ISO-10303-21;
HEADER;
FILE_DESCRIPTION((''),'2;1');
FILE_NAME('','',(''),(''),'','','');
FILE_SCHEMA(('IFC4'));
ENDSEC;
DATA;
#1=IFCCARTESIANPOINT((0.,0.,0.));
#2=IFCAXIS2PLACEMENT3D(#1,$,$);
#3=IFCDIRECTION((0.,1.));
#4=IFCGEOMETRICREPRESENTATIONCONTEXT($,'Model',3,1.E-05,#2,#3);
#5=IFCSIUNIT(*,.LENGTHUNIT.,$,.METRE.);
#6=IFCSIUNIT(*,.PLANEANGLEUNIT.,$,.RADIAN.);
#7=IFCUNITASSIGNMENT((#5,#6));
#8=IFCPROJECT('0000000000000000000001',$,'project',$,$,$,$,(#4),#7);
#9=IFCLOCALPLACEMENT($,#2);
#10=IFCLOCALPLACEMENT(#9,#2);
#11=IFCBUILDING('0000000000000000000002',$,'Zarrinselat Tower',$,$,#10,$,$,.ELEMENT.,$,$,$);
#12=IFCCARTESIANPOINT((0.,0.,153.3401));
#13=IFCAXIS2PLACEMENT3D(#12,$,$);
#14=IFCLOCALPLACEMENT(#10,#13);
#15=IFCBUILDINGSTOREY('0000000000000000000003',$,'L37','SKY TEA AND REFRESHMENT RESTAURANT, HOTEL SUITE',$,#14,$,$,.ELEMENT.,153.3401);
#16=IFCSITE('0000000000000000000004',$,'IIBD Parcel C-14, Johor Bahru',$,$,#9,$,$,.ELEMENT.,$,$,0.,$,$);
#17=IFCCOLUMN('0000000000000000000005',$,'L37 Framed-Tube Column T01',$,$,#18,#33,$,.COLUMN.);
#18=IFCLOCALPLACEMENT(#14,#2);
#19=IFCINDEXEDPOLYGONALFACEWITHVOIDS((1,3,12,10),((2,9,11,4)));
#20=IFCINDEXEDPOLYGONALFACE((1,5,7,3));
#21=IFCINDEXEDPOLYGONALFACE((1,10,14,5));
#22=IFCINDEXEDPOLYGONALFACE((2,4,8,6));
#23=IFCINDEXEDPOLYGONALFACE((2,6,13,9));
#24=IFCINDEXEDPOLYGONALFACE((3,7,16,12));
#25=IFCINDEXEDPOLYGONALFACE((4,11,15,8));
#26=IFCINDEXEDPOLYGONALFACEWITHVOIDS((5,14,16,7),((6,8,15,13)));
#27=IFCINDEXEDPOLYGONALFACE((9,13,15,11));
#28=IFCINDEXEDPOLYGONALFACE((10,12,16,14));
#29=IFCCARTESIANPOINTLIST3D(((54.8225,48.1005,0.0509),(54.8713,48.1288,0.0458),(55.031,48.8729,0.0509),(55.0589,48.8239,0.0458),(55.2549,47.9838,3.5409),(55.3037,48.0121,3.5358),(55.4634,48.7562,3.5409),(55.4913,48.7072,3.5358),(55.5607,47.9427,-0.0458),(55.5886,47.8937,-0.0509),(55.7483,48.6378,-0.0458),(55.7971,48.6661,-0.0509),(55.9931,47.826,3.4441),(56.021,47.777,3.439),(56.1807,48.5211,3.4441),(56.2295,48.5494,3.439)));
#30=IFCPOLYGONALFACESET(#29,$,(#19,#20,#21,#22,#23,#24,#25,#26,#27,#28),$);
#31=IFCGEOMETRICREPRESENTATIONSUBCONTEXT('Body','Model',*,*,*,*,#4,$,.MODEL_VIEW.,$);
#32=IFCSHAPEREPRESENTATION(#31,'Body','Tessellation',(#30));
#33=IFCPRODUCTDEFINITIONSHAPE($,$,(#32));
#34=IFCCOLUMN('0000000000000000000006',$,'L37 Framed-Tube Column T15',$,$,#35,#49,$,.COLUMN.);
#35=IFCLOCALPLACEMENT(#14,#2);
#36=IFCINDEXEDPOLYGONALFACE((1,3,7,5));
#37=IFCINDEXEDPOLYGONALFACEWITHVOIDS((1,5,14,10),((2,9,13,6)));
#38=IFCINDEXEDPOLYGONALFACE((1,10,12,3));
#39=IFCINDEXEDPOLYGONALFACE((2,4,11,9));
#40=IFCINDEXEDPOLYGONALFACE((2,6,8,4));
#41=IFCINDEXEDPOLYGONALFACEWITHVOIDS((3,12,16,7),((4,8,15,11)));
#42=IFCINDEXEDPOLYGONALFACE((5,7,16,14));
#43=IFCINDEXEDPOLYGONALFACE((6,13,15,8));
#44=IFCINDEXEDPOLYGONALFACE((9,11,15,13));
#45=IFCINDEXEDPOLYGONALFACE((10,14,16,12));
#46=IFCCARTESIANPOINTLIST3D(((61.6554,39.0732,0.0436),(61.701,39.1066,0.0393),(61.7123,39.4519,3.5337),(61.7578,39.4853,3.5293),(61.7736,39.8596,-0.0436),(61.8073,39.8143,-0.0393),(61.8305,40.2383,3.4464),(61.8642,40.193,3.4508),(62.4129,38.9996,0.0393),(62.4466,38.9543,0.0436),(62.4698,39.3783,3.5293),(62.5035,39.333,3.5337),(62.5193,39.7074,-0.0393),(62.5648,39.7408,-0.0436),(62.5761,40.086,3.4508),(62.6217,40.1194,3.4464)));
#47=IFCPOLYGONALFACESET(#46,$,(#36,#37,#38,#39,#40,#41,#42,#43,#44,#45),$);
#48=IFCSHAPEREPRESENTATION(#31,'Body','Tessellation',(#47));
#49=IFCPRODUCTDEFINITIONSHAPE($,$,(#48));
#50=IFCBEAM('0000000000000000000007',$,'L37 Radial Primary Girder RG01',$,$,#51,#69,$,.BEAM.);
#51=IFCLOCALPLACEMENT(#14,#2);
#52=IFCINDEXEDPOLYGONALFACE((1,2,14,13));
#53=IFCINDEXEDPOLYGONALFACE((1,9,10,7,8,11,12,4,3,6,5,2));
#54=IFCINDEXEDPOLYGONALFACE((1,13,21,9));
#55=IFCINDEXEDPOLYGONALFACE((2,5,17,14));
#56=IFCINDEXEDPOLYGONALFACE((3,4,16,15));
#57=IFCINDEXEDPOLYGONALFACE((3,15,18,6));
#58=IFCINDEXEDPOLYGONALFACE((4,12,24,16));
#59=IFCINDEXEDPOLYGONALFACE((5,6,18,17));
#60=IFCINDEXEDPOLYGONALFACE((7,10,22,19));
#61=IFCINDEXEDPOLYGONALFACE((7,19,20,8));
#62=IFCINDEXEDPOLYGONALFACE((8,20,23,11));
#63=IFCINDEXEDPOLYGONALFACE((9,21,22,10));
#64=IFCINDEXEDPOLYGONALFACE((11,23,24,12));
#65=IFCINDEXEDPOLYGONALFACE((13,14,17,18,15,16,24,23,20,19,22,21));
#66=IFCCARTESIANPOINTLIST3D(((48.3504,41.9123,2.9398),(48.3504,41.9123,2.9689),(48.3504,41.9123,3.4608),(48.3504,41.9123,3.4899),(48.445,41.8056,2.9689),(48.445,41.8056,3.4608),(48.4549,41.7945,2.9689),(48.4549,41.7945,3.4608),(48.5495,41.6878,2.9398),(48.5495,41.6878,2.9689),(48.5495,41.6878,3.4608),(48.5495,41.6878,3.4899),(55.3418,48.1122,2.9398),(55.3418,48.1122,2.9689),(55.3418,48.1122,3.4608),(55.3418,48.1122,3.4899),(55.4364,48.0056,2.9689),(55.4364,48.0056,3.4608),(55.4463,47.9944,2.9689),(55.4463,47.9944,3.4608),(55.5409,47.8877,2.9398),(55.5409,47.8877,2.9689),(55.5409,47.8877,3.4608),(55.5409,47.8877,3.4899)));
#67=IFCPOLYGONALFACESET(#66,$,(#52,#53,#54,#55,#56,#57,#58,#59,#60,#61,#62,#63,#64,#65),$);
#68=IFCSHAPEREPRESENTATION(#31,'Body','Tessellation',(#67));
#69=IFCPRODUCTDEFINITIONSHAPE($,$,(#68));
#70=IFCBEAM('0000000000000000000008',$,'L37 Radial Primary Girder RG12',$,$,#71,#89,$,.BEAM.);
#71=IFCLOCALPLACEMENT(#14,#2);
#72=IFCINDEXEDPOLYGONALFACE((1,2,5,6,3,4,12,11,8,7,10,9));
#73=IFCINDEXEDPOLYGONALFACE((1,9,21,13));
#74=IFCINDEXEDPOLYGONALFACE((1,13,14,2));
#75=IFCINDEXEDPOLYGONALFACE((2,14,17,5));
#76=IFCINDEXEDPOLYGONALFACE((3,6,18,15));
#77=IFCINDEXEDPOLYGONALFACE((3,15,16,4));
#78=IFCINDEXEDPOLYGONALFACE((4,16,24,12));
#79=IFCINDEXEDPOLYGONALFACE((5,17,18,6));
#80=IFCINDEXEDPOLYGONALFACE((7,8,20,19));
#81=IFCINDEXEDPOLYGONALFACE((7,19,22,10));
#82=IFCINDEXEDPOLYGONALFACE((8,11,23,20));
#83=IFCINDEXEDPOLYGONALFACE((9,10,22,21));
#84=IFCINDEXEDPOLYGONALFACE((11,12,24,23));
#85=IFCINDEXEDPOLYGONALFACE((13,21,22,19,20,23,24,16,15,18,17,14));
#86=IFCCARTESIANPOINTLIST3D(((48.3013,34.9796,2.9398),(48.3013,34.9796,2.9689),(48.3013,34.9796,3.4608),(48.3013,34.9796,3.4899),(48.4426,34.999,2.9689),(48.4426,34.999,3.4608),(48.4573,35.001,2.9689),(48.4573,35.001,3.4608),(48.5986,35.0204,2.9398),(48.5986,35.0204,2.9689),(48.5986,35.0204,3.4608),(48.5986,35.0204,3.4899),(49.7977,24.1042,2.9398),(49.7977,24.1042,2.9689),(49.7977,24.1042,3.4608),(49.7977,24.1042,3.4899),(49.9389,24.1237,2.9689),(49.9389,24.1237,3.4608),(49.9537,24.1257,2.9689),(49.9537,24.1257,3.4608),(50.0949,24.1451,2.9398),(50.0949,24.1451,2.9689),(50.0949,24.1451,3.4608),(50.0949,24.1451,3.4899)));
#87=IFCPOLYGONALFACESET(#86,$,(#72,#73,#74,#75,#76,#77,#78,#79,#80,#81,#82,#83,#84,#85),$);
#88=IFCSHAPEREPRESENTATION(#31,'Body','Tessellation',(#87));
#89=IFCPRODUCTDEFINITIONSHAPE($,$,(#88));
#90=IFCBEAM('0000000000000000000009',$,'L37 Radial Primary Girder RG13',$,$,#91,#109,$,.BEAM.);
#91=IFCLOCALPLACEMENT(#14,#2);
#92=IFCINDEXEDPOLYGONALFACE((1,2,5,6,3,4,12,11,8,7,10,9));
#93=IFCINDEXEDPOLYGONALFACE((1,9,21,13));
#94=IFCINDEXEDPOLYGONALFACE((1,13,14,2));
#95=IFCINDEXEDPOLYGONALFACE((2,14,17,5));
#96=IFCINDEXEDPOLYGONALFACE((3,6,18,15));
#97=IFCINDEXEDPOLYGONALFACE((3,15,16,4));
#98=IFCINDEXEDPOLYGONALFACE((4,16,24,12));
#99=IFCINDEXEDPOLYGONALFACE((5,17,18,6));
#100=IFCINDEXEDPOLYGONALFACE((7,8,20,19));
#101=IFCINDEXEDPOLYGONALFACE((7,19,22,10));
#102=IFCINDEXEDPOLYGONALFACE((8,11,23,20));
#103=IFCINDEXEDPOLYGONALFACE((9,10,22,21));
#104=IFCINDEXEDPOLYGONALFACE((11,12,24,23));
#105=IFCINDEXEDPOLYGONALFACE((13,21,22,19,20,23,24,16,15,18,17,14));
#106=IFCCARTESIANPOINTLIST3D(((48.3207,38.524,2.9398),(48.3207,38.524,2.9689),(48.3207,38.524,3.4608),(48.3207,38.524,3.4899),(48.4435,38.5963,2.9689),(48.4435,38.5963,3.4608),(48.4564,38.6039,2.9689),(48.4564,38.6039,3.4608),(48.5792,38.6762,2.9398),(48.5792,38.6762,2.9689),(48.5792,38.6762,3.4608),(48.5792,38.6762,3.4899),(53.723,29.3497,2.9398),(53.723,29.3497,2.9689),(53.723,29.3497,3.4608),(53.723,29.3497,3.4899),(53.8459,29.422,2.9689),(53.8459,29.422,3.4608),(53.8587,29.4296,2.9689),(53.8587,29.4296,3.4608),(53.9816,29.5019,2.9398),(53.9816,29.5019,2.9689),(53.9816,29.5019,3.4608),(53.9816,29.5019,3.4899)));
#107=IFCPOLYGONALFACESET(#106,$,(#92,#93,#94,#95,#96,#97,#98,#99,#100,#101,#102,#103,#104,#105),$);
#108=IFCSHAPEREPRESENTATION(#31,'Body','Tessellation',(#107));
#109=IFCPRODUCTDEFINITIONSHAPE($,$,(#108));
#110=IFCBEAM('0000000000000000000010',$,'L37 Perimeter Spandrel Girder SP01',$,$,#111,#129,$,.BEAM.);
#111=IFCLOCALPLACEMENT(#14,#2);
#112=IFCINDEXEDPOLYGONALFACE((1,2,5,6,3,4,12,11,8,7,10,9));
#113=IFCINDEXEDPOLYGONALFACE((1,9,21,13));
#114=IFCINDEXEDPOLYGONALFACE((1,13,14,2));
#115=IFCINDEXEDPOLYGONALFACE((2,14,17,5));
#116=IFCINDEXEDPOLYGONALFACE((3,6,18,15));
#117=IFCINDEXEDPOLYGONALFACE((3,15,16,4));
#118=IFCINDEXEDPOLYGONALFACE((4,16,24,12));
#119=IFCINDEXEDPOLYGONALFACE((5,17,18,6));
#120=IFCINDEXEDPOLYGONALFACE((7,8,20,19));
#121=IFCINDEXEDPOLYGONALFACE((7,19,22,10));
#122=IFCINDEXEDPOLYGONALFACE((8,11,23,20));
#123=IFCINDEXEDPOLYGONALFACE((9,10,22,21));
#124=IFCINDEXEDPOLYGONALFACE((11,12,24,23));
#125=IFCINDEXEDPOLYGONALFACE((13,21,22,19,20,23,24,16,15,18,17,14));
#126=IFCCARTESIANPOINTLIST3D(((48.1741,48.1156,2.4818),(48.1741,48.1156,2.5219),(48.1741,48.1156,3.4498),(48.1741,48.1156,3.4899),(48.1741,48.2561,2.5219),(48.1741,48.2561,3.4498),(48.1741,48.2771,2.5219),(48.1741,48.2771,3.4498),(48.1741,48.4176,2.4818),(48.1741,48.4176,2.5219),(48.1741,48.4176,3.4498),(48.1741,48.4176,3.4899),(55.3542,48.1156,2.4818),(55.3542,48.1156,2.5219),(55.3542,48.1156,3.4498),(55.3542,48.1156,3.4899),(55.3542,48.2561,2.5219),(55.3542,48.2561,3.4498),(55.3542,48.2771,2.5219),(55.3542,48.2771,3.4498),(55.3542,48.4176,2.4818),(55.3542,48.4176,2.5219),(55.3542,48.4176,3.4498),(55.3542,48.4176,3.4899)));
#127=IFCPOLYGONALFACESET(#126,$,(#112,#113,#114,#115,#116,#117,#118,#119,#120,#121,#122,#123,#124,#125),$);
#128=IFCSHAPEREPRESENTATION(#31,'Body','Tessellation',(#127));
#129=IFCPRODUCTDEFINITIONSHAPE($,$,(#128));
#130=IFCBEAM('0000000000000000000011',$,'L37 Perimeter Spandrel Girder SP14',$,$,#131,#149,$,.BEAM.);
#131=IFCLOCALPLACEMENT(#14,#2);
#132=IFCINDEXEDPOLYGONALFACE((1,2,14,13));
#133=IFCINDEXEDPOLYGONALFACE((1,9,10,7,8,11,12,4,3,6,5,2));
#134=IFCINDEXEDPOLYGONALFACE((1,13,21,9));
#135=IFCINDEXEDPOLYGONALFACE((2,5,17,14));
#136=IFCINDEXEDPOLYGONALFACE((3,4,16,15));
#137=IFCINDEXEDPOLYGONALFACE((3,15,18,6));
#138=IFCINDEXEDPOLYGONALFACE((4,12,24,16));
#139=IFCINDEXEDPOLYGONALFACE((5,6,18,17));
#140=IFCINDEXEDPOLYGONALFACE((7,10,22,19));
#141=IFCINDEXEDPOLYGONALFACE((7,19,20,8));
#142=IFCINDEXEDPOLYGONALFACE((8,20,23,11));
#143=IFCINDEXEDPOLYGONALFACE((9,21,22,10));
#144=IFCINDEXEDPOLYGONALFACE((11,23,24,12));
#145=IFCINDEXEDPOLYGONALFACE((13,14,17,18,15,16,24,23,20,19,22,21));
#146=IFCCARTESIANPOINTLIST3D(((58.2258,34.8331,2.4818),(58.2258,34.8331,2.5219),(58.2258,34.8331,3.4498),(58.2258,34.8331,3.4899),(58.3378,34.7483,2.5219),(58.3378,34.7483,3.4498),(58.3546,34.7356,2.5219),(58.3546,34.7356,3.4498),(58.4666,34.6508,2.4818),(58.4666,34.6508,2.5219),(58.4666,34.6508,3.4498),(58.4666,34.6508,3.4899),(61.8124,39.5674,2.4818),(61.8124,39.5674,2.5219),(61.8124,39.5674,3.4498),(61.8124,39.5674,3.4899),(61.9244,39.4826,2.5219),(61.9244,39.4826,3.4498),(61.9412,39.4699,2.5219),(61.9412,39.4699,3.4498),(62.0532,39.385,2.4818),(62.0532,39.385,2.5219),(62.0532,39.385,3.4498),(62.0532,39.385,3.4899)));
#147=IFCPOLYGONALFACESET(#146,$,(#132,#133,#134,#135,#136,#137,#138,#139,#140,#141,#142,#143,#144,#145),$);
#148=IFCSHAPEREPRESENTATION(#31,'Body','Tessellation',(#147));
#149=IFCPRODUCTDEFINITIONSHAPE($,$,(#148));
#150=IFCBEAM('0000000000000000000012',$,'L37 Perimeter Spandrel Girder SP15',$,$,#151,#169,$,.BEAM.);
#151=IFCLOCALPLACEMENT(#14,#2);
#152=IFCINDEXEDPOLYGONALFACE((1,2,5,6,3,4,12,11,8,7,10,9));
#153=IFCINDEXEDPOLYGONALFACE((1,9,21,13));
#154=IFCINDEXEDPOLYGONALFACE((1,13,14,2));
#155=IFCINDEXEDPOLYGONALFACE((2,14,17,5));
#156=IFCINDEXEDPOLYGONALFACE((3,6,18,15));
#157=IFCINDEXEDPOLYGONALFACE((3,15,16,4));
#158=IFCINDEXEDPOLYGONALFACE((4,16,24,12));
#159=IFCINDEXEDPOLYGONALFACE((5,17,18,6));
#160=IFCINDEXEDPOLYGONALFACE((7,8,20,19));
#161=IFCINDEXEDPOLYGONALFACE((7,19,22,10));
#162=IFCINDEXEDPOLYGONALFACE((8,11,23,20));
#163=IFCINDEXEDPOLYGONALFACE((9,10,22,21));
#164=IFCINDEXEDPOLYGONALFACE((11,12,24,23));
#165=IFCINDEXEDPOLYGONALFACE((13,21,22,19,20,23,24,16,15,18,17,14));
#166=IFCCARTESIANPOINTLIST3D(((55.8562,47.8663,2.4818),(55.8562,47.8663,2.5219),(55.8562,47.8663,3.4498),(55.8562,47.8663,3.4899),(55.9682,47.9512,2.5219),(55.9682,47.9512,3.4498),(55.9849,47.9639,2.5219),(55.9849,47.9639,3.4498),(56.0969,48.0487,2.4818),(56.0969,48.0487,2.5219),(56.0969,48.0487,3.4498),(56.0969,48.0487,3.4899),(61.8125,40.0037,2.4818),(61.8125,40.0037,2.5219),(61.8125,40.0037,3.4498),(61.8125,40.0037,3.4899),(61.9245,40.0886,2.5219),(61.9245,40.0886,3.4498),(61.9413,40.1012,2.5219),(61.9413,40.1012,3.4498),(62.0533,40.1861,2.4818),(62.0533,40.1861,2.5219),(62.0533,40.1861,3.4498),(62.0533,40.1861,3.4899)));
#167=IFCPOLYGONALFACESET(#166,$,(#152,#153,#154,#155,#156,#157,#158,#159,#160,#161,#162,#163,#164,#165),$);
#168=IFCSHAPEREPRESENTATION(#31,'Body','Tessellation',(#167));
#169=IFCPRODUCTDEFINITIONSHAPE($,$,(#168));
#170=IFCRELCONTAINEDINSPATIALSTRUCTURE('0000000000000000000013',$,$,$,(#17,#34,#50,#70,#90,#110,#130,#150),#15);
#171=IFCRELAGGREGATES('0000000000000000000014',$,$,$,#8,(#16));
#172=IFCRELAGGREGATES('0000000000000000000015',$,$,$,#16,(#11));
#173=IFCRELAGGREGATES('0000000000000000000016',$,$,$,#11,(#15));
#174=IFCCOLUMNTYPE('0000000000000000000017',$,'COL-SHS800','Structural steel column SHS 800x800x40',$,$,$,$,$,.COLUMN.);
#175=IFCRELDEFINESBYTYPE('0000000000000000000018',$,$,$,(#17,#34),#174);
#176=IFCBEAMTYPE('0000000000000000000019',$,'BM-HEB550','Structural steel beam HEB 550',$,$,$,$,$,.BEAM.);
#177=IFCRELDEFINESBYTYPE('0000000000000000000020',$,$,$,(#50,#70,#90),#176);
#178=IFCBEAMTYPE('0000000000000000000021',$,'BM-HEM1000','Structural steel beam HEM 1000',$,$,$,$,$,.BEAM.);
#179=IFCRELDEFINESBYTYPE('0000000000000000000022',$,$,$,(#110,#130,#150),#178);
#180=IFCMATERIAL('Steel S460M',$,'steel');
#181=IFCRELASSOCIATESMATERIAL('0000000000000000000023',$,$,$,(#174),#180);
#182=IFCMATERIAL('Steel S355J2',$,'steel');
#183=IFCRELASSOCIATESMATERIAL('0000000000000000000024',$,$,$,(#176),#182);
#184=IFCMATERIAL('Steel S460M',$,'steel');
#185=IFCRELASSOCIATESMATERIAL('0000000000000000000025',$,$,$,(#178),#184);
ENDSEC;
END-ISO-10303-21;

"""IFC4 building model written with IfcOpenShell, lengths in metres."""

from ifc_helpers import new_model, si_unit, direction, frame, origin, origin_2d, place, context, subcontext, project, spatial, hollow_rectangle, i_section, extrude, material, material_profile, profile_set, type_object, element, save


model = new_model("IFC4")

# Units and contexts
model_context = context("Model", 3, precision=1e-05, world=origin(), true_north=direction((0.0, 1.0)))
body_context = subcontext(model_context, "Body", "Model", "MODEL_VIEW")
ifc_project = project(units=[si_unit("LENGTHUNIT", "METRE"), si_unit("PLANEANGLEUNIT", "RADIAN")], contexts=[model_context])

# Site, building, storey
site_placement = place(None, origin())
site = spatial("IfcSite", under=ifc_project, at=site_placement, Name="IIBD Parcel C-14, Johor Bahru", CompositionType="ELEMENT", RefElevation=0.0)
building_placement = place(site_placement, origin())
building = spatial("IfcBuilding", under=site, at=building_placement, Name="Zarrinselat Tower", CompositionType="ELEMENT")
storey_placement = place(building_placement, frame((0.0, 0.0, 153.3401)))
storey = spatial("IfcBuildingStorey", under=building, at=storey_placement, Name="L37", Description="SKY TEA AND REFRESHMENT RESTAURANT, HOTEL SUITE", CompositionType="ELEMENT", Elevation=153.3401)

# Columns
ifc_material_1 = material(Name="Steel S460M", Category="steel")
ifc_material_profile_1 = material_profile(ifc_material_1, hollow_rectangle(XDim=0.8, YDim=0.8, WallThickness=0.04, at=origin_2d()), Name="SHS 800x800x40")
ifc_profile_set_1 = profile_set([ifc_material_profile_1], Name="Steel S460M")
column_type = type_object("IfcColumnType", Name="COL-SHS800", Description="Structural steel column SHS 800x800x40", PredefinedType="COLUMN", material=ifc_profile_set_1)
column_1_placement = place(storey_placement, frame((55.3098, 48.3833, 0.0), z_axis=(0.122882, -0.033166, 0.991867), x_axis=(0.260579, 0.965452, 0.0)))
element("IfcColumn", 1, at=column_1_placement, inside=storey, type_object=column_type, Name="L37 Framed-Tube Column T01", PredefinedType="COLUMN", context=body_context, shape_type="SweptSolid", body=[
    extrude(hollow_rectangle(XDim=0.8, YDim=0.8, WallThickness=0.04, at=origin_2d()), origin(), (0.0, 0.0, 1.0), 3.5186),
])
column_2_placement = place(storey_placement, frame((62.1101, 39.407, 0.0), z_axis=(0.016202, 0.107852, 0.994035), x_axis=(-0.988904, 0.148559, 0.0)))
element("IfcColumn", 2, at=column_2_placement, inside=storey, type_object=column_type, Name="L37 Framed-Tube Column T15", PredefinedType="COLUMN", context=body_context, shape_type="SweptSolid", body=[
    extrude(hollow_rectangle(XDim=0.8, YDim=0.8, WallThickness=0.04, at=origin_2d()), origin(), (0.0, 0.0, 1.0), 3.511),
])

# Beams
ifc_material_2 = material(Name="Steel S355J2", Category="steel")
ifc_material_profile_2 = material_profile(ifc_material_2, i_section(OverallWidth=0.3, OverallDepth=0.55, WebThickness=0.0149, FlangeThickness=0.0291, at=origin_2d()), Name="HEB 550")
ifc_profile_set_2 = profile_set([ifc_material_profile_2], Name="Steel S355J2")
beam_type_1 = type_object("IfcBeamType", Name="BM-HEB550", Description="Structural steel beam HEB 550", PredefinedType="BEAM", material=ifc_profile_set_2)
beam_1_placement = place(storey_placement, frame((48.45, 41.8, 3.2148), z_axis=(0.748189, 0.663486, 0.0), x_axis=(-0.663486, 0.748189, 0.0)))
element("IfcBeam", 3, at=beam_1_placement, inside=storey, type_object=beam_type_1, Name="L37 Radial Primary Girder RG01", PredefinedType="BEAM", context=body_context, shape_type="SweptSolid", body=[
    extrude(i_section(OverallWidth=0.3, OverallDepth=0.55, WebThickness=0.0149, FlangeThickness=0.0291, at=origin_2d()), origin(), (0.0, 0.0, 1.0), 9.3445),
])
beam_2_placement = place(storey_placement, frame((48.45, 35.0, 3.2148), z_axis=(0.136307, -0.990667, 0.0), x_axis=(0.990667, 0.136307, 0.0)))
element("IfcBeam", 4, at=beam_2_placement, inside=storey, type_object=beam_type_1, Name="L37 Radial Primary Girder RG12", PredefinedType="BEAM", context=body_context, shape_type="SweptSolid", body=[
    extrude(i_section(OverallWidth=0.3, OverallDepth=0.55, WebThickness=0.0149, FlangeThickness=0.0291, at=origin_2d()), origin(), (0.0, 0.0, 1.0), 10.9778),
])
beam_3_placement = place(storey_placement, frame((48.45, 38.6001, 3.2148), z_axis=(0.507417, -0.861701, 0.0), x_axis=(0.861701, 0.507417, 0.0)))
element("IfcBeam", 5, at=beam_3_placement, inside=storey, type_object=beam_type_1, Name="L37 Radial Primary Girder RG13", PredefinedType="BEAM", context=body_context, shape_type="SweptSolid", body=[
    extrude(i_section(OverallWidth=0.3, OverallDepth=0.55, WebThickness=0.0149, FlangeThickness=0.0291, at=origin_2d()), origin(), (0.0, 0.0, 1.0), 10.6467),
])
ifc_material_3 = material(Name="Steel S460M", Category="steel")
ifc_material_profile_3 = material_profile(ifc_material_3, i_section(OverallWidth=0.302, OverallDepth=1.0081, WebThickness=0.021, FlangeThickness=0.04, at=origin_2d()), Name="HEM 1000")
ifc_profile_set_3 = profile_set([ifc_material_profile_3], Name="Steel S460M")
beam_type_2 = type_object("IfcBeamType", Name="BM-HEM1000", Description="Structural steel beam HEM 1000", PredefinedType="BEAM", material=ifc_profile_set_3)
beam_4_placement = place(storey_placement, frame((48.1741, 48.2666, 2.9858), z_axis=(1.0, 0.0, 0.0), x_axis=(0.0, 1.0, 0.0)))
element("IfcBeam", 6, at=beam_4_placement, inside=storey, type_object=beam_type_2, Name="L37 Perimeter Spandrel Girder SP01", PredefinedType="BEAM", context=body_context, shape_type="SweptSolid", body=[
    extrude(i_section(OverallWidth=0.302, OverallDepth=1.0081, WebThickness=0.021, FlangeThickness=0.04, at=origin_2d()), origin(), (0.0, 0.0, 1.0), 7.1802),
])
beam_5_placement = place(storey_placement, frame((58.3462, 34.7419, 2.9858), z_axis=(0.60386, 0.79709, 0.0), x_axis=(-0.79709, 0.60386, 0.0)))
element("IfcBeam", 7, at=beam_5_placement, inside=storey, type_object=beam_type_2, Name="L37 Perimeter Spandrel Girder SP14", PredefinedType="BEAM", context=body_context, shape_type="SweptSolid", body=[
    extrude(i_section(OverallWidth=0.302, OverallDepth=1.0081, WebThickness=0.021, FlangeThickness=0.04, at=origin_2d()), origin(), (0.0, 0.0, 1.0), 5.9395),
])
beam_6_placement = place(storey_placement, frame((55.9766, 47.9575, 2.9858), z_axis=(0.603846, -0.797101, 0.0), x_axis=(0.797101, 0.603846, 0.0)))
element("IfcBeam", 8, at=beam_6_placement, inside=storey, type_object=beam_type_2, Name="L37 Perimeter Spandrel Girder SP15", PredefinedType="BEAM", context=body_context, shape_type="SweptSolid", body=[
    extrude(i_section(OverallWidth=0.302, OverallDepth=1.0081, WebThickness=0.021, FlangeThickness=0.04, at=origin_2d()), origin(), (0.0, 0.0, 1.0), 9.864),
])

save(model, "model.ifc")
